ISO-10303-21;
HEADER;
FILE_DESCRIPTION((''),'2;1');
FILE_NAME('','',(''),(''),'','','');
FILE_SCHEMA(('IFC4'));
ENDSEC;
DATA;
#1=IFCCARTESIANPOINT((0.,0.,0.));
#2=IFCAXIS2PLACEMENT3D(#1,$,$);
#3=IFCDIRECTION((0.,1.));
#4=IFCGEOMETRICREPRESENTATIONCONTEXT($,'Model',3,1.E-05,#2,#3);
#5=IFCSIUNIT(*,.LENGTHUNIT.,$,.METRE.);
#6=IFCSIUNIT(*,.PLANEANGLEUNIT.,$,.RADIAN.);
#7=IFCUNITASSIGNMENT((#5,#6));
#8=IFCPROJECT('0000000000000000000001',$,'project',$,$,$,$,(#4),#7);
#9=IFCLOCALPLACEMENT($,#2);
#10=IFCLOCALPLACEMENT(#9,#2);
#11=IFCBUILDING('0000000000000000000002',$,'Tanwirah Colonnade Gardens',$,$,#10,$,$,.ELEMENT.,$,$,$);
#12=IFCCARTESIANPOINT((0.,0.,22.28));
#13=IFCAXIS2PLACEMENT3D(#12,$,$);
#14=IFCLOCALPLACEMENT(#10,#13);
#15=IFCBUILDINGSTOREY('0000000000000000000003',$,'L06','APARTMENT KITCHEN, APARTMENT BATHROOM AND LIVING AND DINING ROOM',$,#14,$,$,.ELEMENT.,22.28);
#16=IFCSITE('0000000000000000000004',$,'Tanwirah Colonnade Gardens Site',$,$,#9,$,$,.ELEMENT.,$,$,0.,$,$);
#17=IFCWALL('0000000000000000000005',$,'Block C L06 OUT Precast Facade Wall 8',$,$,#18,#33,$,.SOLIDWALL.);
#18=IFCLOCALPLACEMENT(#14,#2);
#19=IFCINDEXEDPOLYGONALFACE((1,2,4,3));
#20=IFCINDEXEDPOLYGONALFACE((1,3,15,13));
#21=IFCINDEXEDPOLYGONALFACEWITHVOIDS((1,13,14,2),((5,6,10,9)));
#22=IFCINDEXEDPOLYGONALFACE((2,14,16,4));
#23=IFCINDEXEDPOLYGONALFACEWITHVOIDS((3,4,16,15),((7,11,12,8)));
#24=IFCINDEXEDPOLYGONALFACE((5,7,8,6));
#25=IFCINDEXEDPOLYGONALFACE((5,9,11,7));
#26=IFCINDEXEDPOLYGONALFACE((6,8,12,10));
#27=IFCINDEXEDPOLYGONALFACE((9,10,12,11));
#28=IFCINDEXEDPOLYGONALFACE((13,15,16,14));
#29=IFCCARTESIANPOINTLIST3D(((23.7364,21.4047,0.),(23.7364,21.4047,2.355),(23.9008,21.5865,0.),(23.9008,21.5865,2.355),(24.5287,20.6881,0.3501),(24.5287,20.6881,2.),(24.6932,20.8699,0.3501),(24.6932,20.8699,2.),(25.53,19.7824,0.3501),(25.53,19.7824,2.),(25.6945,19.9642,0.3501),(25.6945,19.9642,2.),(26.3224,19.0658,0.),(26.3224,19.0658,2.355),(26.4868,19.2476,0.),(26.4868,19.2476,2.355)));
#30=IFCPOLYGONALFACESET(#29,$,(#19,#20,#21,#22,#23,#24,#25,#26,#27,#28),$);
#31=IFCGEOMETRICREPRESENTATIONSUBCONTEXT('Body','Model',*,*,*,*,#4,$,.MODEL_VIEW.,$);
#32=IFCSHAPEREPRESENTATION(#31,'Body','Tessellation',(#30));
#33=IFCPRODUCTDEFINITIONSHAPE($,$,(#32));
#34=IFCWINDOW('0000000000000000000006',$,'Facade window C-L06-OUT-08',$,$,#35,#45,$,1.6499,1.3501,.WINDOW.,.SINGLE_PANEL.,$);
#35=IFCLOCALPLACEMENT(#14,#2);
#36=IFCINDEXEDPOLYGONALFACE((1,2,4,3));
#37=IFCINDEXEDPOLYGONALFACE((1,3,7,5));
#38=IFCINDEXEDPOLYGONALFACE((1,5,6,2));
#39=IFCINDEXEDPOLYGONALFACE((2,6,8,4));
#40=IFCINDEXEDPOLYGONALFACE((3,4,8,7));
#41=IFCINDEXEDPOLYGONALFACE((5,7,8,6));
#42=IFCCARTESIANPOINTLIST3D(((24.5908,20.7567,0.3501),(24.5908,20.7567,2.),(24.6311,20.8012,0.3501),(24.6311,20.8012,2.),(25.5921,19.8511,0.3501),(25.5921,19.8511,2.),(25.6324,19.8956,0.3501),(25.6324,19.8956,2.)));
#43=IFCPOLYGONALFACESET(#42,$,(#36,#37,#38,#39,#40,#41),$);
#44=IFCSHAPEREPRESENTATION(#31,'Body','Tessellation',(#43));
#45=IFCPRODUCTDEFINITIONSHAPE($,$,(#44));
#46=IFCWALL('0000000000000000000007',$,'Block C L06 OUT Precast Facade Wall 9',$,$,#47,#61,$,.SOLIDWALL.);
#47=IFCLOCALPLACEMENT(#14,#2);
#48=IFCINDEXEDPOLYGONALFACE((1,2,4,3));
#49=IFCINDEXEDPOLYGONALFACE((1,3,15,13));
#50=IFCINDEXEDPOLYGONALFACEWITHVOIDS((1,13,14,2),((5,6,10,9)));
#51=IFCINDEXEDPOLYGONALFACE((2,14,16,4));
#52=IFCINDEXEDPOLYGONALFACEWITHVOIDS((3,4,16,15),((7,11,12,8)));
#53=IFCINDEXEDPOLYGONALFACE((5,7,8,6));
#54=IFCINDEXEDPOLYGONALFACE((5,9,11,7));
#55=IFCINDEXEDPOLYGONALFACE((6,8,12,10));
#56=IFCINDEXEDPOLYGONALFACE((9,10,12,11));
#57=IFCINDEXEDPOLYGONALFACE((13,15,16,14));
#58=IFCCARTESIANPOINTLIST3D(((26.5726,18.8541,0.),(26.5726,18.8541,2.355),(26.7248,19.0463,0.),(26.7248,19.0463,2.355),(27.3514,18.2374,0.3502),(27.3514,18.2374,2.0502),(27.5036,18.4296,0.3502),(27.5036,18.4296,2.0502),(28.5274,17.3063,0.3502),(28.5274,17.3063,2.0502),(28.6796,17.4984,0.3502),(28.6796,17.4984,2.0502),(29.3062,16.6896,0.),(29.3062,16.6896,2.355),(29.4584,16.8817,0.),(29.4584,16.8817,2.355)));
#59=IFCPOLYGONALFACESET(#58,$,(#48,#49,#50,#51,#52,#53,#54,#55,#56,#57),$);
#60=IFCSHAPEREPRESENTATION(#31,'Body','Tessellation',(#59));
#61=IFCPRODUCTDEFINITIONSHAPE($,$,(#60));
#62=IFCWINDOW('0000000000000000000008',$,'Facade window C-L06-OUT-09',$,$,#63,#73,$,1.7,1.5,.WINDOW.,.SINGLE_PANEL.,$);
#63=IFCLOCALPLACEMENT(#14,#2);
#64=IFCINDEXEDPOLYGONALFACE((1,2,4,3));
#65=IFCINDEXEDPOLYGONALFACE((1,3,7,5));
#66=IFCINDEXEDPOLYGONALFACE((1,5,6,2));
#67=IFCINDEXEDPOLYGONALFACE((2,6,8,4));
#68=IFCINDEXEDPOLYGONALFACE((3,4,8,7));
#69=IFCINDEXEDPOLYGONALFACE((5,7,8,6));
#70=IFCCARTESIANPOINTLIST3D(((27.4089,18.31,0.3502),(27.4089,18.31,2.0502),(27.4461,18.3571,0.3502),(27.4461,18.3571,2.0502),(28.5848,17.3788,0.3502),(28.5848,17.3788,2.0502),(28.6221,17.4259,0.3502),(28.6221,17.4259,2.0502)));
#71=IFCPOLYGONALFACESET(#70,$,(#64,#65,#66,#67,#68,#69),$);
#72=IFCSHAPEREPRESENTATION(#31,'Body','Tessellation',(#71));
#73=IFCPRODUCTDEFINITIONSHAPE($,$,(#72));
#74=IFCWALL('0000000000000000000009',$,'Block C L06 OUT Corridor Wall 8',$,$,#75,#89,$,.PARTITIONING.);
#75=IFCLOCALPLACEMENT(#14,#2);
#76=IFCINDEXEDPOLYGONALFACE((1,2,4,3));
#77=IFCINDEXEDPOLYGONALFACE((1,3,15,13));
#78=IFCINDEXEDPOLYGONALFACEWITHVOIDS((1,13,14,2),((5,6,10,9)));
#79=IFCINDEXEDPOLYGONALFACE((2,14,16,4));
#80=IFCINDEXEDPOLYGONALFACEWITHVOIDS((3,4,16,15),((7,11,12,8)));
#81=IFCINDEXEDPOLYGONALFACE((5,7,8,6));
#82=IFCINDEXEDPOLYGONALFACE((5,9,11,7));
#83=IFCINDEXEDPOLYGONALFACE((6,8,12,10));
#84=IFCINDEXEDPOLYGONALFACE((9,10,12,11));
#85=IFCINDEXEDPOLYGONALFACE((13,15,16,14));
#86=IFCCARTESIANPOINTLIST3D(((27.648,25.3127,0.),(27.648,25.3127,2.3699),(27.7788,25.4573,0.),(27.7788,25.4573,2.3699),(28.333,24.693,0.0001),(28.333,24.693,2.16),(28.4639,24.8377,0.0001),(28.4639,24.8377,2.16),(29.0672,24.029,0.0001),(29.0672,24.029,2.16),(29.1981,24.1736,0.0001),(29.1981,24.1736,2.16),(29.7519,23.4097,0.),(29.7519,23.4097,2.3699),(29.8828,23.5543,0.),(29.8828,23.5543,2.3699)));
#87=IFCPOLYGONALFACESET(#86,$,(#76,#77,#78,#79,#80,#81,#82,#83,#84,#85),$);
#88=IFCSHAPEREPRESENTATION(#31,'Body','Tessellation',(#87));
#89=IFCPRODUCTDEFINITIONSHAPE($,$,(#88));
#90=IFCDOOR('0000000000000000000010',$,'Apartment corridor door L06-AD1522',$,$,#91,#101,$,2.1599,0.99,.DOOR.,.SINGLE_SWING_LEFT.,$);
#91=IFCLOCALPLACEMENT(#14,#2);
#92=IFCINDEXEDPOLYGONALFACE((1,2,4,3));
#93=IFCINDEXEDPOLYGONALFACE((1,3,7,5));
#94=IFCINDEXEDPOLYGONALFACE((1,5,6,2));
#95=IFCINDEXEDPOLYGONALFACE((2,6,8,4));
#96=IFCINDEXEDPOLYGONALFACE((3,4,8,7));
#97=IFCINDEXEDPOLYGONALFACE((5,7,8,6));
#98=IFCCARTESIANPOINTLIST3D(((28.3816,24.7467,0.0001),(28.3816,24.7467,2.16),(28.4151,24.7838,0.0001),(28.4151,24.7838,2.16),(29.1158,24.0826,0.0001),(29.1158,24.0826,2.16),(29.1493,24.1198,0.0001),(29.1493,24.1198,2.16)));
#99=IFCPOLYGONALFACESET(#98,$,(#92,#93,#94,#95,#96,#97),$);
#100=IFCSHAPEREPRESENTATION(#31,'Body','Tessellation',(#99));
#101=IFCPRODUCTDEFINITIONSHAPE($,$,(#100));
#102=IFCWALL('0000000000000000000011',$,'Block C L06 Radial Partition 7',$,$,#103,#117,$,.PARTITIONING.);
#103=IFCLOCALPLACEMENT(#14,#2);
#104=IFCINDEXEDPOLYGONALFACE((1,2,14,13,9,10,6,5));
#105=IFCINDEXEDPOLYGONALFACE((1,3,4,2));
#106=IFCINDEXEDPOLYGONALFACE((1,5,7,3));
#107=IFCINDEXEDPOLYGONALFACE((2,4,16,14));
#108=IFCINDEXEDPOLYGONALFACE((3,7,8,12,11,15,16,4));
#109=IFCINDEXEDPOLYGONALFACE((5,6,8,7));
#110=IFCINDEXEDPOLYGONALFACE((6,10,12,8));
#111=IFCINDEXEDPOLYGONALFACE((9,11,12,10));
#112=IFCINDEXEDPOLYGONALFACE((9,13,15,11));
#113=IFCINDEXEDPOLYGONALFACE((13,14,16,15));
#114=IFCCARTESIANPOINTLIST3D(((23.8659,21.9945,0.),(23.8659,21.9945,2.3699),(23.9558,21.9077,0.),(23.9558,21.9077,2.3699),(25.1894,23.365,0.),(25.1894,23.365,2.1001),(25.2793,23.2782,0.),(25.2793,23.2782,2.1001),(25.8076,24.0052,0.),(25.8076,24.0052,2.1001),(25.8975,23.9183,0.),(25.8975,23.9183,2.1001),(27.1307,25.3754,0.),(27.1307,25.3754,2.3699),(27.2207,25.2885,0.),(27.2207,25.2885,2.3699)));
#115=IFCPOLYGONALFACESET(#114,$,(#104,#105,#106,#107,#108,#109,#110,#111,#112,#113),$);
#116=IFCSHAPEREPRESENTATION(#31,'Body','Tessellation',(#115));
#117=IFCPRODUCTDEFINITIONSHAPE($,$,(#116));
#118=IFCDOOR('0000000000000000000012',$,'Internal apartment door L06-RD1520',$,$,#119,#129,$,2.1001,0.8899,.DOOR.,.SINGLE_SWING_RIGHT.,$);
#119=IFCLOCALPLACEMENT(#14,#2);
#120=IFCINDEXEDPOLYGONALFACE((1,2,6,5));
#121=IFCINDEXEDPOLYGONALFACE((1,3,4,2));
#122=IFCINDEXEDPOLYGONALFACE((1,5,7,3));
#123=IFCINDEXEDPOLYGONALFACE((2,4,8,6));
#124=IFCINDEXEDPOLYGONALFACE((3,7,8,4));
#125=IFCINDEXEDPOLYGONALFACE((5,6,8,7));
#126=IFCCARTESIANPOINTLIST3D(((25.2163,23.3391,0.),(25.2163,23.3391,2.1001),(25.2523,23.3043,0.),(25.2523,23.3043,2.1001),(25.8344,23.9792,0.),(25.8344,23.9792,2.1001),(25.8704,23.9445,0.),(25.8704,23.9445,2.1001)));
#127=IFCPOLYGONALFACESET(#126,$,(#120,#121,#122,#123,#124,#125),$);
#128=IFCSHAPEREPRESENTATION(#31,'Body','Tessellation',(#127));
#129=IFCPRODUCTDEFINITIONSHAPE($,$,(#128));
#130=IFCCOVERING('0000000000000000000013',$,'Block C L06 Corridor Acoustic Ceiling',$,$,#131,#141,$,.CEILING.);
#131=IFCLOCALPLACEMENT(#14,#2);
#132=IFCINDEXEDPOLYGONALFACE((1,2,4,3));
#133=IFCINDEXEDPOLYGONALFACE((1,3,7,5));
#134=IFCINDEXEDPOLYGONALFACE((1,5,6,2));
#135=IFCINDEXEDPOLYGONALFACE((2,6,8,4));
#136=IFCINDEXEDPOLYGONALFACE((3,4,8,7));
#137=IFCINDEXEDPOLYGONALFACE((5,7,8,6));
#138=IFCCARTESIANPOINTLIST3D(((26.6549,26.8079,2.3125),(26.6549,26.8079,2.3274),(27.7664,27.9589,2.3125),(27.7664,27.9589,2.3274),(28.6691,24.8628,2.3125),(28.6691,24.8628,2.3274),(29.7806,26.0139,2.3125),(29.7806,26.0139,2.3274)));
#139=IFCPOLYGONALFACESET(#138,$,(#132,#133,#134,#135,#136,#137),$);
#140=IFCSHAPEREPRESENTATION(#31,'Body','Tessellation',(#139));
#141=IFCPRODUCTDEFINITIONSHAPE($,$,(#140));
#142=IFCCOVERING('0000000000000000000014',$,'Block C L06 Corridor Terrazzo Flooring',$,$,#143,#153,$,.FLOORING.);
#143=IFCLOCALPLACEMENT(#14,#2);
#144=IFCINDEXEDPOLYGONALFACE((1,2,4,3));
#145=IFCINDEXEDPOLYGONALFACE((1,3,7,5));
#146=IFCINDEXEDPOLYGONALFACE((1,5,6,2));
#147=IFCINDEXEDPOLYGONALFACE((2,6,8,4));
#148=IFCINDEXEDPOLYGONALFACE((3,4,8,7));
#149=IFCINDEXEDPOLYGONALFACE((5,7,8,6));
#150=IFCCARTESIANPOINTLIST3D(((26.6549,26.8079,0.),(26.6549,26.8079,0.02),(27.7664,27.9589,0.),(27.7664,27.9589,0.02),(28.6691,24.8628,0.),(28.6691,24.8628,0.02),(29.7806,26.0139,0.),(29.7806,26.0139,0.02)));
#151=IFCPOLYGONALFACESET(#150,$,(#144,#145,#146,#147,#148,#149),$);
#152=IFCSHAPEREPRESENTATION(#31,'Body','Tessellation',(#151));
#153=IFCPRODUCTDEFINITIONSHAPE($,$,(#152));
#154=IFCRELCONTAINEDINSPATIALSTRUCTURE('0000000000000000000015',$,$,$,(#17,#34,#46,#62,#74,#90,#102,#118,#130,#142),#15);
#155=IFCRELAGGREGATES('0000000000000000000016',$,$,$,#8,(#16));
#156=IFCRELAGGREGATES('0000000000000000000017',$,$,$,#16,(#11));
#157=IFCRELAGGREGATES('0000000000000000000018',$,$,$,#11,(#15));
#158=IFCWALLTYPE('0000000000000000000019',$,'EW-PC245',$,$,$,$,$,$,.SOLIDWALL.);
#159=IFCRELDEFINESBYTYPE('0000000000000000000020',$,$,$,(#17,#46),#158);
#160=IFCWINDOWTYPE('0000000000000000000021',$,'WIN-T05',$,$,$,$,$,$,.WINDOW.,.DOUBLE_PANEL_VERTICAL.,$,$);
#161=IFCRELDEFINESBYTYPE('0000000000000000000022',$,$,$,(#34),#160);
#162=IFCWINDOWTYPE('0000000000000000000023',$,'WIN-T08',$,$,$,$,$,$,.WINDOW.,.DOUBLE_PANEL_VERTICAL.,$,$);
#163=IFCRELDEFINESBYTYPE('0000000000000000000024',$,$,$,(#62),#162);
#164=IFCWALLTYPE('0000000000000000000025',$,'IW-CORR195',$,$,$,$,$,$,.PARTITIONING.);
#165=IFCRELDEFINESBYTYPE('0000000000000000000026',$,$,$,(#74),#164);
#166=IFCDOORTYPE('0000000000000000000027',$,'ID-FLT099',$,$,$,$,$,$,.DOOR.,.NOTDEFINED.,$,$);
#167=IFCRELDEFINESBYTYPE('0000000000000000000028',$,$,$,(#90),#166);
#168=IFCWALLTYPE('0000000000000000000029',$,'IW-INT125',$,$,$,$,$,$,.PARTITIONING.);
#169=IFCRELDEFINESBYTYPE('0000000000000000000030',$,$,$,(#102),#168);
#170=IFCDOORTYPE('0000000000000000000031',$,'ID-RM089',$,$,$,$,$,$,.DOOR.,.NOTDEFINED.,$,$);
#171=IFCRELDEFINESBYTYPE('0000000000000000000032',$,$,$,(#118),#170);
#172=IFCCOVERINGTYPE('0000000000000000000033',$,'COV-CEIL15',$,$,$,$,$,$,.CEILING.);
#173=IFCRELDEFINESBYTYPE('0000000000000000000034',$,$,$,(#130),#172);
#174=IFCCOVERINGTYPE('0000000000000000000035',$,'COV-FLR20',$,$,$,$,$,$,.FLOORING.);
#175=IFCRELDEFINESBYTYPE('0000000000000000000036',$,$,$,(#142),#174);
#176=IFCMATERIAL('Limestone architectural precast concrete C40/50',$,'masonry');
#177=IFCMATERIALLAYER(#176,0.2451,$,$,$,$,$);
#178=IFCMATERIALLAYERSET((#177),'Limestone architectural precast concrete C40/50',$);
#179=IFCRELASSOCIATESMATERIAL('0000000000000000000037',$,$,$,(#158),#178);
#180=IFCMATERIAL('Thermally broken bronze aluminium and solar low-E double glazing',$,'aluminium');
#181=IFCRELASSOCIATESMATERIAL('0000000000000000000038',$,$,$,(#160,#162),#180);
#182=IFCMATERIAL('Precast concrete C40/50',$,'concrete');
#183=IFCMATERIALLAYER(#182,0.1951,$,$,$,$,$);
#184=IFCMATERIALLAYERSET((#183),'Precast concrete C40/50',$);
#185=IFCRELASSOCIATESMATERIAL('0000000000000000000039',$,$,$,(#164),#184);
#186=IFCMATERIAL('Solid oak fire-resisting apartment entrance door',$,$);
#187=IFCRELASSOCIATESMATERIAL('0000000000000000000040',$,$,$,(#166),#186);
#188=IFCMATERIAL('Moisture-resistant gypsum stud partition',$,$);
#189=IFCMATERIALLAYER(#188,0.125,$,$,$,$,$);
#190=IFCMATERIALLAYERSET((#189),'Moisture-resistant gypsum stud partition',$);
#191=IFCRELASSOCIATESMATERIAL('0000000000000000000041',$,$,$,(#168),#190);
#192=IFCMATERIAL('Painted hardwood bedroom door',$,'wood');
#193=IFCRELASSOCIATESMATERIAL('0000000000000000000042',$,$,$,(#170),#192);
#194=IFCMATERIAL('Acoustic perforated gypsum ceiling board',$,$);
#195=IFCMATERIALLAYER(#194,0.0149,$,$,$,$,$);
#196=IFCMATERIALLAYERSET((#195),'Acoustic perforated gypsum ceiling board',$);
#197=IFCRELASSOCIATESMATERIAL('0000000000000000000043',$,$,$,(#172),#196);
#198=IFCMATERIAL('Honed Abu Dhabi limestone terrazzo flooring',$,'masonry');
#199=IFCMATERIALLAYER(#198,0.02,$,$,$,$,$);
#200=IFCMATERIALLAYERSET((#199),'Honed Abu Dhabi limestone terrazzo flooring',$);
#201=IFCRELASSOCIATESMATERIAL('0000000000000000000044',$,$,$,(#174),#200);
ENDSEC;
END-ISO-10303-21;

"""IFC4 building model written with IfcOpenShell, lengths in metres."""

from ifc_helpers import new_model, si_unit, direction, frame, frame_2d, origin, origin_2d, place, context, subcontext, project, spatial, rectangle, extrude, material, layer, layer_set, type_object, element, fill, save


model = new_model("IFC4")

# Units and contexts
model_context = context("Model", 3, precision=1e-05, world=origin(), true_north=direction((0.0, 1.0)))
body_context = subcontext(model_context, "Body", "Model", "MODEL_VIEW")
ifc_project = project(units=[si_unit("LENGTHUNIT", "METRE"), si_unit("PLANEANGLEUNIT", "RADIAN")], contexts=[model_context])

# Site, building, storey
site_placement = place(None, origin())
site = spatial("IfcSite", under=ifc_project, at=site_placement, Name="Tanwirah Colonnade Gardens Site", CompositionType="ELEMENT", RefElevation=0.0)
building_placement = place(site_placement, origin())
building = spatial("IfcBuilding", under=site, at=building_placement, Name="Tanwirah Colonnade Gardens", CompositionType="ELEMENT")
storey_placement = place(building_placement, frame((0.0, 0.0, 22.28)))
storey = spatial("IfcBuildingStorey", under=building, at=storey_placement, Name="L06", Description="APARTMENT KITCHEN, APARTMENT BATHROOM AND LIVING AND DINING ROOM", CompositionType="ELEMENT", Elevation=22.28)

# Shared definitions
ifc_material_1 = material(Name="Precast concrete C40/50", Category="concrete")

# Shared definitions
ifc_material_2 = material(Name="Limestone architectural precast concrete C40/50", Category="masonry")
ifc_layer_1 = layer(ifc_material_2, 0.2451)
ifc_layer_set_1 = layer_set([ifc_layer_1], Name="Limestone architectural precast concrete C40/50")
wall_type_1 = type_object("IfcWallType", Name="EW-PC245", PredefinedType="SOLIDWALL", material=ifc_layer_set_1)

# Walls, openings, windows
wall_1_placement = place(storey_placement, frame((23.8186, 21.4956, 0.0), z_axis=(0.0, 0.0, 1.0), x_axis=(0.741649, -0.670789, 0.0)))
wall_1 = element("IfcWall", 1, at=wall_1_placement, inside=storey, type_object=wall_type_1, Name="Block C L06 OUT Precast Facade Wall 8", PredefinedType="SOLIDWALL", context=body_context, shape_type="SweptSolid", body=[
    extrude(rectangle(XDim=3.4868, YDim=0.2451, at=frame_2d((1.7434, 0.0))), origin(), (0.0, 0.0, 1.0), 2.355),
])
opening_1_placement = place(wall_1_placement, frame((1.0684, 0.0, 0.3501)))
opening_1 = element("IfcOpeningElement", 2, at=opening_1_placement, cuts=wall_1, PredefinedType="OPENING", context=body_context, shape_type="SweptSolid", body=[
    extrude(rectangle(XDim=1.3501, YDim=1.6499, at=frame_2d((0.675, 0.825))), frame((0.0, 0.1326, 0.0), z_axis=(0.0, -1.0, 0.0), x_axis=(1.0, 0.0, 0.0)), (0.0, 0.0, 1.0), 0.2651),
])
ifc_material_3 = material(Name="Thermally broken bronze aluminium and solar low-E double glazing", Category="aluminium")
window_type_1 = type_object("IfcWindowType", Name="WIN-T05", PartitioningType="DOUBLE_PANEL_VERTICAL", PredefinedType="WINDOW", material=ifc_material_3)
window_1_placement = place(opening_1_placement, origin())
window_1 = element("IfcWindow", 3, at=window_1_placement, inside=storey, type_object=window_type_1, Name="Facade window C-L06-OUT-08", OverallHeight=1.6499, OverallWidth=1.3501, PartitioningType="SINGLE_PANEL", PredefinedType="WINDOW", context=body_context, shape_type="SweptSolid", body=[
    extrude(rectangle(XDim=1.3501, YDim=1.6499, at=frame_2d((0.675, 0.825))), frame((0.0, 0.03, 0.0), z_axis=(0.0, -1.0, 0.0), x_axis=(1.0, 0.0, 0.0)), (0.0, 0.0, 1.0), 0.0601),
])
fill(opening_1, window_1)
wall_2_placement = place(storey_placement, frame((26.6487, 18.9502, 0.0), z_axis=(0.0, 0.0, 1.0), x_axis=(0.783988, -0.620776, 0.0)))
wall_2 = element("IfcWall", 4, at=wall_2_placement, inside=storey, type_object=wall_type_1, Name="Block C L06 OUT Precast Facade Wall 9", PredefinedType="SOLIDWALL", context=body_context, shape_type="SweptSolid", body=[
    extrude(rectangle(XDim=3.4868, YDim=0.2451, at=frame_2d((1.7434, 0.0))), origin(), (0.0, 0.0, 1.0), 2.355),
])
opening_2_placement = place(wall_2_placement, frame((0.9934, 0.0, 0.3501)))
opening_2 = element("IfcOpeningElement", 5, at=opening_2_placement, cuts=wall_2, PredefinedType="OPENING", context=body_context, shape_type="SweptSolid", body=[
    extrude(rectangle(XDim=1.5, YDim=1.7, at=frame_2d((0.75, 0.8501))), frame((0.0, 0.1326, 0.0), z_axis=(0.0, -1.0, 0.0), x_axis=(1.0, 0.0, 0.0)), (0.0, 0.0, 1.0), 0.2651),
])
window_type_2 = type_object("IfcWindowType", Name="WIN-T08", PartitioningType="DOUBLE_PANEL_VERTICAL", PredefinedType="WINDOW", material=ifc_material_3)
window_2_placement = place(opening_2_placement, origin())
window_2 = element("IfcWindow", 6, at=window_2_placement, inside=storey, type_object=window_type_2, Name="Facade window C-L06-OUT-09", OverallHeight=1.7, OverallWidth=1.5, PartitioningType="SINGLE_PANEL", PredefinedType="WINDOW", context=body_context, shape_type="SweptSolid", body=[
    extrude(rectangle(XDim=1.5, YDim=1.7, at=frame_2d((0.75, 0.8501))), frame((0.0, 0.03, 0.0), z_axis=(0.0, -1.0, 0.0), x_axis=(1.0, 0.0, 0.0)), (0.0, 0.0, 1.0), 0.0601),
])
fill(opening_2, window_2)

# Walls, openings, doors
ifc_layer_2 = layer(ifc_material_1, 0.1951)
ifc_layer_set_2 = layer_set([ifc_layer_2], Name="Precast concrete C40/50")
wall_type_2 = type_object("IfcWallType", Name="IW-CORR195", PredefinedType="PARTITIONING", material=ifc_layer_set_2)
ifc_material_4 = material(Name="Solid oak fire-resisting apartment entrance door")
wall_3_placement = place(storey_placement, frame((27.7134, 25.385, 0.0), z_axis=(0.0, 0.0, 1.0), x_axis=(0.741632, -0.670807, 0.0)))
wall_3 = element("IfcWall", 7, at=wall_3_placement, inside=storey, type_object=wall_type_2, Name="Block C L06 OUT Corridor Wall 8", PredefinedType="PARTITIONING", context=body_context, shape_type="SweptSolid", body=[
    extrude(rectangle(XDim=2.8369, YDim=0.1951, at=frame_2d((1.4185, 0.0))), origin(), (0.0, 0.0, 1.0), 2.3699),
])
opening_3_placement = place(wall_3_placement, frame((0.9236, 0.0, 0.0)))
opening_3 = element("IfcOpeningElement", 8, at=opening_3_placement, cuts=wall_3, PredefinedType="OPENING", context=body_context, shape_type="SweptSolid", body=[
    extrude(rectangle(XDim=0.99, YDim=2.1599, at=frame_2d((0.4951, 1.0801))), frame((0.0, 0.1074, 0.0), z_axis=(0.0, -1.0, 0.0), x_axis=(1.0, 0.0, 0.0)), (0.0, 0.0, 1.0), 0.2151),
])
door_type_1 = type_object("IfcDoorType", Name="ID-FLT099", OperationType="NOTDEFINED", PredefinedType="DOOR", material=ifc_material_4)
door_1_placement = place(opening_3_placement, origin())
door_1 = element("IfcDoor", 9, at=door_1_placement, inside=storey, type_object=door_type_1, Name="Apartment corridor door L06-AD1522", OperationType="SINGLE_SWING_LEFT", OverallHeight=2.1599, OverallWidth=0.99, PredefinedType="DOOR", context=body_context, shape_type="SweptSolid", body=[
    extrude(rectangle(XDim=0.99, YDim=2.1599, at=frame_2d((0.4951, 1.0801))), frame((0.0, 0.0249, 0.0), z_axis=(0.0, -1.0, 0.0), x_axis=(1.0, 0.0, 0.0)), (0.0, 0.0, 1.0), 0.05),
])
fill(opening_3, door_1)
ifc_material_5 = material(Name="Moisture-resistant gypsum stud partition")
ifc_layer_3 = layer(ifc_material_5, 0.125)
ifc_layer_set_3 = layer_set([ifc_layer_3], Name="Moisture-resistant gypsum stud partition")
wall_type_3 = type_object("IfcWallType", Name="IW-INT125", PredefinedType="PARTITIONING", material=ifc_layer_set_3)
wall_4_placement = place(storey_placement, frame((27.1758, 25.332, 0.0), z_axis=(0.0, 0.0, 1.0), x_axis=(-0.694662, -0.719336, 0.0)))
wall_4 = element("IfcWall", 10, at=wall_4_placement, inside=storey, type_object=wall_type_3, Name="Block C L06 Radial Partition 7", PredefinedType="PARTITIONING", context=body_context, shape_type="SweptSolid", body=[
    extrude(rectangle(XDim=4.7, YDim=0.125, at=frame_2d((2.3501, 0.0))), origin(), (0.0, 0.0, 1.0), 2.3699),
])
opening_4_placement = place(wall_4_placement, frame((1.905, 0.0, 0.0)))
opening_4 = element("IfcOpeningElement", 11, at=opening_4_placement, cuts=wall_4, PredefinedType="OPENING", context=body_context, shape_type="SweptSolid", body=[
    extrude(rectangle(XDim=0.8899, YDim=2.1001, at=frame_2d((0.4448, 1.05))), frame((0.0, 0.0725, 0.0), z_axis=(0.0, -1.0, 0.0), x_axis=(1.0, 0.0, 0.0)), (0.0, 0.0, 1.0), 0.145),
])
ifc_material_6 = material(Name="Painted hardwood bedroom door", Category="wood")
door_type_2 = type_object("IfcDoorType", Name="ID-RM089", OperationType="NOTDEFINED", PredefinedType="DOOR", material=ifc_material_6)
door_2_placement = place(opening_4_placement, origin())
door_2 = element("IfcDoor", 12, at=door_2_placement, inside=storey, type_object=door_type_2, Name="Internal apartment door L06-RD1520", OperationType="SINGLE_SWING_RIGHT", OverallHeight=2.1001, OverallWidth=0.8899, PredefinedType="DOOR", context=body_context, shape_type="SweptSolid", body=[
    extrude(rectangle(XDim=0.8899, YDim=2.1001, at=frame_2d((0.4448, 1.05))), frame((0.0, 0.0249, 0.0), z_axis=(0.0, -1.0, 0.0), x_axis=(1.0, 0.0, 0.0)), (0.0, 0.0, 1.0), 0.05),
])
fill(opening_4, door_2)

# Coverings
ifc_material_7 = material(Name="Acoustic perforated gypsum ceiling board")
ifc_layer_4 = layer(ifc_material_7, 0.0149)
ifc_layer_set_4 = layer_set([ifc_layer_4], Name="Acoustic perforated gypsum ceiling board")
covering_type_1 = type_object("IfcCoveringType", Name="COV-CEIL15", PredefinedType="CEILING", material=ifc_layer_set_4)
covering_1_placement = place(storey_placement, frame((28.2178, 26.4109, 2.3125), z_axis=(0.0, 0.0, 1.0), x_axis=(0.71934, -0.694658, 0.0)))
element("IfcCovering", 13, at=covering_1_placement, inside=storey, type_object=covering_type_1, Name="Block C L06 Corridor Acoustic Ceiling", PredefinedType="CEILING", context=body_context, shape_type="SweptSolid", body=[
    extrude(rectangle(XDim=2.8, YDim=1.6001, at=origin_2d()), origin(), (0.0, 0.0, 1.0), 0.0149),
])
ifc_material_8 = material(Name="Honed Abu Dhabi limestone terrazzo flooring", Category="masonry")
ifc_layer_5 = layer(ifc_material_8, 0.02)
ifc_layer_set_5 = layer_set([ifc_layer_5], Name="Honed Abu Dhabi limestone terrazzo flooring")
covering_type_2 = type_object("IfcCoveringType", Name="COV-FLR20", PredefinedType="FLOORING", material=ifc_layer_set_5)
covering_2_placement = place(storey_placement, frame((28.2178, 26.4109, 0.0), z_axis=(0.0, 0.0, 1.0), x_axis=(0.71934, -0.694658, 0.0)))
element("IfcCovering", 14, at=covering_2_placement, inside=storey, type_object=covering_type_2, Name="Block C L06 Corridor Terrazzo Flooring", PredefinedType="FLOORING", context=body_context, shape_type="SweptSolid", body=[
    extrude(rectangle(XDim=2.8, YDim=1.6001, at=origin_2d()), origin(), (0.0, 0.0, 1.0), 0.02),
])

save(model, "model.ifc")
